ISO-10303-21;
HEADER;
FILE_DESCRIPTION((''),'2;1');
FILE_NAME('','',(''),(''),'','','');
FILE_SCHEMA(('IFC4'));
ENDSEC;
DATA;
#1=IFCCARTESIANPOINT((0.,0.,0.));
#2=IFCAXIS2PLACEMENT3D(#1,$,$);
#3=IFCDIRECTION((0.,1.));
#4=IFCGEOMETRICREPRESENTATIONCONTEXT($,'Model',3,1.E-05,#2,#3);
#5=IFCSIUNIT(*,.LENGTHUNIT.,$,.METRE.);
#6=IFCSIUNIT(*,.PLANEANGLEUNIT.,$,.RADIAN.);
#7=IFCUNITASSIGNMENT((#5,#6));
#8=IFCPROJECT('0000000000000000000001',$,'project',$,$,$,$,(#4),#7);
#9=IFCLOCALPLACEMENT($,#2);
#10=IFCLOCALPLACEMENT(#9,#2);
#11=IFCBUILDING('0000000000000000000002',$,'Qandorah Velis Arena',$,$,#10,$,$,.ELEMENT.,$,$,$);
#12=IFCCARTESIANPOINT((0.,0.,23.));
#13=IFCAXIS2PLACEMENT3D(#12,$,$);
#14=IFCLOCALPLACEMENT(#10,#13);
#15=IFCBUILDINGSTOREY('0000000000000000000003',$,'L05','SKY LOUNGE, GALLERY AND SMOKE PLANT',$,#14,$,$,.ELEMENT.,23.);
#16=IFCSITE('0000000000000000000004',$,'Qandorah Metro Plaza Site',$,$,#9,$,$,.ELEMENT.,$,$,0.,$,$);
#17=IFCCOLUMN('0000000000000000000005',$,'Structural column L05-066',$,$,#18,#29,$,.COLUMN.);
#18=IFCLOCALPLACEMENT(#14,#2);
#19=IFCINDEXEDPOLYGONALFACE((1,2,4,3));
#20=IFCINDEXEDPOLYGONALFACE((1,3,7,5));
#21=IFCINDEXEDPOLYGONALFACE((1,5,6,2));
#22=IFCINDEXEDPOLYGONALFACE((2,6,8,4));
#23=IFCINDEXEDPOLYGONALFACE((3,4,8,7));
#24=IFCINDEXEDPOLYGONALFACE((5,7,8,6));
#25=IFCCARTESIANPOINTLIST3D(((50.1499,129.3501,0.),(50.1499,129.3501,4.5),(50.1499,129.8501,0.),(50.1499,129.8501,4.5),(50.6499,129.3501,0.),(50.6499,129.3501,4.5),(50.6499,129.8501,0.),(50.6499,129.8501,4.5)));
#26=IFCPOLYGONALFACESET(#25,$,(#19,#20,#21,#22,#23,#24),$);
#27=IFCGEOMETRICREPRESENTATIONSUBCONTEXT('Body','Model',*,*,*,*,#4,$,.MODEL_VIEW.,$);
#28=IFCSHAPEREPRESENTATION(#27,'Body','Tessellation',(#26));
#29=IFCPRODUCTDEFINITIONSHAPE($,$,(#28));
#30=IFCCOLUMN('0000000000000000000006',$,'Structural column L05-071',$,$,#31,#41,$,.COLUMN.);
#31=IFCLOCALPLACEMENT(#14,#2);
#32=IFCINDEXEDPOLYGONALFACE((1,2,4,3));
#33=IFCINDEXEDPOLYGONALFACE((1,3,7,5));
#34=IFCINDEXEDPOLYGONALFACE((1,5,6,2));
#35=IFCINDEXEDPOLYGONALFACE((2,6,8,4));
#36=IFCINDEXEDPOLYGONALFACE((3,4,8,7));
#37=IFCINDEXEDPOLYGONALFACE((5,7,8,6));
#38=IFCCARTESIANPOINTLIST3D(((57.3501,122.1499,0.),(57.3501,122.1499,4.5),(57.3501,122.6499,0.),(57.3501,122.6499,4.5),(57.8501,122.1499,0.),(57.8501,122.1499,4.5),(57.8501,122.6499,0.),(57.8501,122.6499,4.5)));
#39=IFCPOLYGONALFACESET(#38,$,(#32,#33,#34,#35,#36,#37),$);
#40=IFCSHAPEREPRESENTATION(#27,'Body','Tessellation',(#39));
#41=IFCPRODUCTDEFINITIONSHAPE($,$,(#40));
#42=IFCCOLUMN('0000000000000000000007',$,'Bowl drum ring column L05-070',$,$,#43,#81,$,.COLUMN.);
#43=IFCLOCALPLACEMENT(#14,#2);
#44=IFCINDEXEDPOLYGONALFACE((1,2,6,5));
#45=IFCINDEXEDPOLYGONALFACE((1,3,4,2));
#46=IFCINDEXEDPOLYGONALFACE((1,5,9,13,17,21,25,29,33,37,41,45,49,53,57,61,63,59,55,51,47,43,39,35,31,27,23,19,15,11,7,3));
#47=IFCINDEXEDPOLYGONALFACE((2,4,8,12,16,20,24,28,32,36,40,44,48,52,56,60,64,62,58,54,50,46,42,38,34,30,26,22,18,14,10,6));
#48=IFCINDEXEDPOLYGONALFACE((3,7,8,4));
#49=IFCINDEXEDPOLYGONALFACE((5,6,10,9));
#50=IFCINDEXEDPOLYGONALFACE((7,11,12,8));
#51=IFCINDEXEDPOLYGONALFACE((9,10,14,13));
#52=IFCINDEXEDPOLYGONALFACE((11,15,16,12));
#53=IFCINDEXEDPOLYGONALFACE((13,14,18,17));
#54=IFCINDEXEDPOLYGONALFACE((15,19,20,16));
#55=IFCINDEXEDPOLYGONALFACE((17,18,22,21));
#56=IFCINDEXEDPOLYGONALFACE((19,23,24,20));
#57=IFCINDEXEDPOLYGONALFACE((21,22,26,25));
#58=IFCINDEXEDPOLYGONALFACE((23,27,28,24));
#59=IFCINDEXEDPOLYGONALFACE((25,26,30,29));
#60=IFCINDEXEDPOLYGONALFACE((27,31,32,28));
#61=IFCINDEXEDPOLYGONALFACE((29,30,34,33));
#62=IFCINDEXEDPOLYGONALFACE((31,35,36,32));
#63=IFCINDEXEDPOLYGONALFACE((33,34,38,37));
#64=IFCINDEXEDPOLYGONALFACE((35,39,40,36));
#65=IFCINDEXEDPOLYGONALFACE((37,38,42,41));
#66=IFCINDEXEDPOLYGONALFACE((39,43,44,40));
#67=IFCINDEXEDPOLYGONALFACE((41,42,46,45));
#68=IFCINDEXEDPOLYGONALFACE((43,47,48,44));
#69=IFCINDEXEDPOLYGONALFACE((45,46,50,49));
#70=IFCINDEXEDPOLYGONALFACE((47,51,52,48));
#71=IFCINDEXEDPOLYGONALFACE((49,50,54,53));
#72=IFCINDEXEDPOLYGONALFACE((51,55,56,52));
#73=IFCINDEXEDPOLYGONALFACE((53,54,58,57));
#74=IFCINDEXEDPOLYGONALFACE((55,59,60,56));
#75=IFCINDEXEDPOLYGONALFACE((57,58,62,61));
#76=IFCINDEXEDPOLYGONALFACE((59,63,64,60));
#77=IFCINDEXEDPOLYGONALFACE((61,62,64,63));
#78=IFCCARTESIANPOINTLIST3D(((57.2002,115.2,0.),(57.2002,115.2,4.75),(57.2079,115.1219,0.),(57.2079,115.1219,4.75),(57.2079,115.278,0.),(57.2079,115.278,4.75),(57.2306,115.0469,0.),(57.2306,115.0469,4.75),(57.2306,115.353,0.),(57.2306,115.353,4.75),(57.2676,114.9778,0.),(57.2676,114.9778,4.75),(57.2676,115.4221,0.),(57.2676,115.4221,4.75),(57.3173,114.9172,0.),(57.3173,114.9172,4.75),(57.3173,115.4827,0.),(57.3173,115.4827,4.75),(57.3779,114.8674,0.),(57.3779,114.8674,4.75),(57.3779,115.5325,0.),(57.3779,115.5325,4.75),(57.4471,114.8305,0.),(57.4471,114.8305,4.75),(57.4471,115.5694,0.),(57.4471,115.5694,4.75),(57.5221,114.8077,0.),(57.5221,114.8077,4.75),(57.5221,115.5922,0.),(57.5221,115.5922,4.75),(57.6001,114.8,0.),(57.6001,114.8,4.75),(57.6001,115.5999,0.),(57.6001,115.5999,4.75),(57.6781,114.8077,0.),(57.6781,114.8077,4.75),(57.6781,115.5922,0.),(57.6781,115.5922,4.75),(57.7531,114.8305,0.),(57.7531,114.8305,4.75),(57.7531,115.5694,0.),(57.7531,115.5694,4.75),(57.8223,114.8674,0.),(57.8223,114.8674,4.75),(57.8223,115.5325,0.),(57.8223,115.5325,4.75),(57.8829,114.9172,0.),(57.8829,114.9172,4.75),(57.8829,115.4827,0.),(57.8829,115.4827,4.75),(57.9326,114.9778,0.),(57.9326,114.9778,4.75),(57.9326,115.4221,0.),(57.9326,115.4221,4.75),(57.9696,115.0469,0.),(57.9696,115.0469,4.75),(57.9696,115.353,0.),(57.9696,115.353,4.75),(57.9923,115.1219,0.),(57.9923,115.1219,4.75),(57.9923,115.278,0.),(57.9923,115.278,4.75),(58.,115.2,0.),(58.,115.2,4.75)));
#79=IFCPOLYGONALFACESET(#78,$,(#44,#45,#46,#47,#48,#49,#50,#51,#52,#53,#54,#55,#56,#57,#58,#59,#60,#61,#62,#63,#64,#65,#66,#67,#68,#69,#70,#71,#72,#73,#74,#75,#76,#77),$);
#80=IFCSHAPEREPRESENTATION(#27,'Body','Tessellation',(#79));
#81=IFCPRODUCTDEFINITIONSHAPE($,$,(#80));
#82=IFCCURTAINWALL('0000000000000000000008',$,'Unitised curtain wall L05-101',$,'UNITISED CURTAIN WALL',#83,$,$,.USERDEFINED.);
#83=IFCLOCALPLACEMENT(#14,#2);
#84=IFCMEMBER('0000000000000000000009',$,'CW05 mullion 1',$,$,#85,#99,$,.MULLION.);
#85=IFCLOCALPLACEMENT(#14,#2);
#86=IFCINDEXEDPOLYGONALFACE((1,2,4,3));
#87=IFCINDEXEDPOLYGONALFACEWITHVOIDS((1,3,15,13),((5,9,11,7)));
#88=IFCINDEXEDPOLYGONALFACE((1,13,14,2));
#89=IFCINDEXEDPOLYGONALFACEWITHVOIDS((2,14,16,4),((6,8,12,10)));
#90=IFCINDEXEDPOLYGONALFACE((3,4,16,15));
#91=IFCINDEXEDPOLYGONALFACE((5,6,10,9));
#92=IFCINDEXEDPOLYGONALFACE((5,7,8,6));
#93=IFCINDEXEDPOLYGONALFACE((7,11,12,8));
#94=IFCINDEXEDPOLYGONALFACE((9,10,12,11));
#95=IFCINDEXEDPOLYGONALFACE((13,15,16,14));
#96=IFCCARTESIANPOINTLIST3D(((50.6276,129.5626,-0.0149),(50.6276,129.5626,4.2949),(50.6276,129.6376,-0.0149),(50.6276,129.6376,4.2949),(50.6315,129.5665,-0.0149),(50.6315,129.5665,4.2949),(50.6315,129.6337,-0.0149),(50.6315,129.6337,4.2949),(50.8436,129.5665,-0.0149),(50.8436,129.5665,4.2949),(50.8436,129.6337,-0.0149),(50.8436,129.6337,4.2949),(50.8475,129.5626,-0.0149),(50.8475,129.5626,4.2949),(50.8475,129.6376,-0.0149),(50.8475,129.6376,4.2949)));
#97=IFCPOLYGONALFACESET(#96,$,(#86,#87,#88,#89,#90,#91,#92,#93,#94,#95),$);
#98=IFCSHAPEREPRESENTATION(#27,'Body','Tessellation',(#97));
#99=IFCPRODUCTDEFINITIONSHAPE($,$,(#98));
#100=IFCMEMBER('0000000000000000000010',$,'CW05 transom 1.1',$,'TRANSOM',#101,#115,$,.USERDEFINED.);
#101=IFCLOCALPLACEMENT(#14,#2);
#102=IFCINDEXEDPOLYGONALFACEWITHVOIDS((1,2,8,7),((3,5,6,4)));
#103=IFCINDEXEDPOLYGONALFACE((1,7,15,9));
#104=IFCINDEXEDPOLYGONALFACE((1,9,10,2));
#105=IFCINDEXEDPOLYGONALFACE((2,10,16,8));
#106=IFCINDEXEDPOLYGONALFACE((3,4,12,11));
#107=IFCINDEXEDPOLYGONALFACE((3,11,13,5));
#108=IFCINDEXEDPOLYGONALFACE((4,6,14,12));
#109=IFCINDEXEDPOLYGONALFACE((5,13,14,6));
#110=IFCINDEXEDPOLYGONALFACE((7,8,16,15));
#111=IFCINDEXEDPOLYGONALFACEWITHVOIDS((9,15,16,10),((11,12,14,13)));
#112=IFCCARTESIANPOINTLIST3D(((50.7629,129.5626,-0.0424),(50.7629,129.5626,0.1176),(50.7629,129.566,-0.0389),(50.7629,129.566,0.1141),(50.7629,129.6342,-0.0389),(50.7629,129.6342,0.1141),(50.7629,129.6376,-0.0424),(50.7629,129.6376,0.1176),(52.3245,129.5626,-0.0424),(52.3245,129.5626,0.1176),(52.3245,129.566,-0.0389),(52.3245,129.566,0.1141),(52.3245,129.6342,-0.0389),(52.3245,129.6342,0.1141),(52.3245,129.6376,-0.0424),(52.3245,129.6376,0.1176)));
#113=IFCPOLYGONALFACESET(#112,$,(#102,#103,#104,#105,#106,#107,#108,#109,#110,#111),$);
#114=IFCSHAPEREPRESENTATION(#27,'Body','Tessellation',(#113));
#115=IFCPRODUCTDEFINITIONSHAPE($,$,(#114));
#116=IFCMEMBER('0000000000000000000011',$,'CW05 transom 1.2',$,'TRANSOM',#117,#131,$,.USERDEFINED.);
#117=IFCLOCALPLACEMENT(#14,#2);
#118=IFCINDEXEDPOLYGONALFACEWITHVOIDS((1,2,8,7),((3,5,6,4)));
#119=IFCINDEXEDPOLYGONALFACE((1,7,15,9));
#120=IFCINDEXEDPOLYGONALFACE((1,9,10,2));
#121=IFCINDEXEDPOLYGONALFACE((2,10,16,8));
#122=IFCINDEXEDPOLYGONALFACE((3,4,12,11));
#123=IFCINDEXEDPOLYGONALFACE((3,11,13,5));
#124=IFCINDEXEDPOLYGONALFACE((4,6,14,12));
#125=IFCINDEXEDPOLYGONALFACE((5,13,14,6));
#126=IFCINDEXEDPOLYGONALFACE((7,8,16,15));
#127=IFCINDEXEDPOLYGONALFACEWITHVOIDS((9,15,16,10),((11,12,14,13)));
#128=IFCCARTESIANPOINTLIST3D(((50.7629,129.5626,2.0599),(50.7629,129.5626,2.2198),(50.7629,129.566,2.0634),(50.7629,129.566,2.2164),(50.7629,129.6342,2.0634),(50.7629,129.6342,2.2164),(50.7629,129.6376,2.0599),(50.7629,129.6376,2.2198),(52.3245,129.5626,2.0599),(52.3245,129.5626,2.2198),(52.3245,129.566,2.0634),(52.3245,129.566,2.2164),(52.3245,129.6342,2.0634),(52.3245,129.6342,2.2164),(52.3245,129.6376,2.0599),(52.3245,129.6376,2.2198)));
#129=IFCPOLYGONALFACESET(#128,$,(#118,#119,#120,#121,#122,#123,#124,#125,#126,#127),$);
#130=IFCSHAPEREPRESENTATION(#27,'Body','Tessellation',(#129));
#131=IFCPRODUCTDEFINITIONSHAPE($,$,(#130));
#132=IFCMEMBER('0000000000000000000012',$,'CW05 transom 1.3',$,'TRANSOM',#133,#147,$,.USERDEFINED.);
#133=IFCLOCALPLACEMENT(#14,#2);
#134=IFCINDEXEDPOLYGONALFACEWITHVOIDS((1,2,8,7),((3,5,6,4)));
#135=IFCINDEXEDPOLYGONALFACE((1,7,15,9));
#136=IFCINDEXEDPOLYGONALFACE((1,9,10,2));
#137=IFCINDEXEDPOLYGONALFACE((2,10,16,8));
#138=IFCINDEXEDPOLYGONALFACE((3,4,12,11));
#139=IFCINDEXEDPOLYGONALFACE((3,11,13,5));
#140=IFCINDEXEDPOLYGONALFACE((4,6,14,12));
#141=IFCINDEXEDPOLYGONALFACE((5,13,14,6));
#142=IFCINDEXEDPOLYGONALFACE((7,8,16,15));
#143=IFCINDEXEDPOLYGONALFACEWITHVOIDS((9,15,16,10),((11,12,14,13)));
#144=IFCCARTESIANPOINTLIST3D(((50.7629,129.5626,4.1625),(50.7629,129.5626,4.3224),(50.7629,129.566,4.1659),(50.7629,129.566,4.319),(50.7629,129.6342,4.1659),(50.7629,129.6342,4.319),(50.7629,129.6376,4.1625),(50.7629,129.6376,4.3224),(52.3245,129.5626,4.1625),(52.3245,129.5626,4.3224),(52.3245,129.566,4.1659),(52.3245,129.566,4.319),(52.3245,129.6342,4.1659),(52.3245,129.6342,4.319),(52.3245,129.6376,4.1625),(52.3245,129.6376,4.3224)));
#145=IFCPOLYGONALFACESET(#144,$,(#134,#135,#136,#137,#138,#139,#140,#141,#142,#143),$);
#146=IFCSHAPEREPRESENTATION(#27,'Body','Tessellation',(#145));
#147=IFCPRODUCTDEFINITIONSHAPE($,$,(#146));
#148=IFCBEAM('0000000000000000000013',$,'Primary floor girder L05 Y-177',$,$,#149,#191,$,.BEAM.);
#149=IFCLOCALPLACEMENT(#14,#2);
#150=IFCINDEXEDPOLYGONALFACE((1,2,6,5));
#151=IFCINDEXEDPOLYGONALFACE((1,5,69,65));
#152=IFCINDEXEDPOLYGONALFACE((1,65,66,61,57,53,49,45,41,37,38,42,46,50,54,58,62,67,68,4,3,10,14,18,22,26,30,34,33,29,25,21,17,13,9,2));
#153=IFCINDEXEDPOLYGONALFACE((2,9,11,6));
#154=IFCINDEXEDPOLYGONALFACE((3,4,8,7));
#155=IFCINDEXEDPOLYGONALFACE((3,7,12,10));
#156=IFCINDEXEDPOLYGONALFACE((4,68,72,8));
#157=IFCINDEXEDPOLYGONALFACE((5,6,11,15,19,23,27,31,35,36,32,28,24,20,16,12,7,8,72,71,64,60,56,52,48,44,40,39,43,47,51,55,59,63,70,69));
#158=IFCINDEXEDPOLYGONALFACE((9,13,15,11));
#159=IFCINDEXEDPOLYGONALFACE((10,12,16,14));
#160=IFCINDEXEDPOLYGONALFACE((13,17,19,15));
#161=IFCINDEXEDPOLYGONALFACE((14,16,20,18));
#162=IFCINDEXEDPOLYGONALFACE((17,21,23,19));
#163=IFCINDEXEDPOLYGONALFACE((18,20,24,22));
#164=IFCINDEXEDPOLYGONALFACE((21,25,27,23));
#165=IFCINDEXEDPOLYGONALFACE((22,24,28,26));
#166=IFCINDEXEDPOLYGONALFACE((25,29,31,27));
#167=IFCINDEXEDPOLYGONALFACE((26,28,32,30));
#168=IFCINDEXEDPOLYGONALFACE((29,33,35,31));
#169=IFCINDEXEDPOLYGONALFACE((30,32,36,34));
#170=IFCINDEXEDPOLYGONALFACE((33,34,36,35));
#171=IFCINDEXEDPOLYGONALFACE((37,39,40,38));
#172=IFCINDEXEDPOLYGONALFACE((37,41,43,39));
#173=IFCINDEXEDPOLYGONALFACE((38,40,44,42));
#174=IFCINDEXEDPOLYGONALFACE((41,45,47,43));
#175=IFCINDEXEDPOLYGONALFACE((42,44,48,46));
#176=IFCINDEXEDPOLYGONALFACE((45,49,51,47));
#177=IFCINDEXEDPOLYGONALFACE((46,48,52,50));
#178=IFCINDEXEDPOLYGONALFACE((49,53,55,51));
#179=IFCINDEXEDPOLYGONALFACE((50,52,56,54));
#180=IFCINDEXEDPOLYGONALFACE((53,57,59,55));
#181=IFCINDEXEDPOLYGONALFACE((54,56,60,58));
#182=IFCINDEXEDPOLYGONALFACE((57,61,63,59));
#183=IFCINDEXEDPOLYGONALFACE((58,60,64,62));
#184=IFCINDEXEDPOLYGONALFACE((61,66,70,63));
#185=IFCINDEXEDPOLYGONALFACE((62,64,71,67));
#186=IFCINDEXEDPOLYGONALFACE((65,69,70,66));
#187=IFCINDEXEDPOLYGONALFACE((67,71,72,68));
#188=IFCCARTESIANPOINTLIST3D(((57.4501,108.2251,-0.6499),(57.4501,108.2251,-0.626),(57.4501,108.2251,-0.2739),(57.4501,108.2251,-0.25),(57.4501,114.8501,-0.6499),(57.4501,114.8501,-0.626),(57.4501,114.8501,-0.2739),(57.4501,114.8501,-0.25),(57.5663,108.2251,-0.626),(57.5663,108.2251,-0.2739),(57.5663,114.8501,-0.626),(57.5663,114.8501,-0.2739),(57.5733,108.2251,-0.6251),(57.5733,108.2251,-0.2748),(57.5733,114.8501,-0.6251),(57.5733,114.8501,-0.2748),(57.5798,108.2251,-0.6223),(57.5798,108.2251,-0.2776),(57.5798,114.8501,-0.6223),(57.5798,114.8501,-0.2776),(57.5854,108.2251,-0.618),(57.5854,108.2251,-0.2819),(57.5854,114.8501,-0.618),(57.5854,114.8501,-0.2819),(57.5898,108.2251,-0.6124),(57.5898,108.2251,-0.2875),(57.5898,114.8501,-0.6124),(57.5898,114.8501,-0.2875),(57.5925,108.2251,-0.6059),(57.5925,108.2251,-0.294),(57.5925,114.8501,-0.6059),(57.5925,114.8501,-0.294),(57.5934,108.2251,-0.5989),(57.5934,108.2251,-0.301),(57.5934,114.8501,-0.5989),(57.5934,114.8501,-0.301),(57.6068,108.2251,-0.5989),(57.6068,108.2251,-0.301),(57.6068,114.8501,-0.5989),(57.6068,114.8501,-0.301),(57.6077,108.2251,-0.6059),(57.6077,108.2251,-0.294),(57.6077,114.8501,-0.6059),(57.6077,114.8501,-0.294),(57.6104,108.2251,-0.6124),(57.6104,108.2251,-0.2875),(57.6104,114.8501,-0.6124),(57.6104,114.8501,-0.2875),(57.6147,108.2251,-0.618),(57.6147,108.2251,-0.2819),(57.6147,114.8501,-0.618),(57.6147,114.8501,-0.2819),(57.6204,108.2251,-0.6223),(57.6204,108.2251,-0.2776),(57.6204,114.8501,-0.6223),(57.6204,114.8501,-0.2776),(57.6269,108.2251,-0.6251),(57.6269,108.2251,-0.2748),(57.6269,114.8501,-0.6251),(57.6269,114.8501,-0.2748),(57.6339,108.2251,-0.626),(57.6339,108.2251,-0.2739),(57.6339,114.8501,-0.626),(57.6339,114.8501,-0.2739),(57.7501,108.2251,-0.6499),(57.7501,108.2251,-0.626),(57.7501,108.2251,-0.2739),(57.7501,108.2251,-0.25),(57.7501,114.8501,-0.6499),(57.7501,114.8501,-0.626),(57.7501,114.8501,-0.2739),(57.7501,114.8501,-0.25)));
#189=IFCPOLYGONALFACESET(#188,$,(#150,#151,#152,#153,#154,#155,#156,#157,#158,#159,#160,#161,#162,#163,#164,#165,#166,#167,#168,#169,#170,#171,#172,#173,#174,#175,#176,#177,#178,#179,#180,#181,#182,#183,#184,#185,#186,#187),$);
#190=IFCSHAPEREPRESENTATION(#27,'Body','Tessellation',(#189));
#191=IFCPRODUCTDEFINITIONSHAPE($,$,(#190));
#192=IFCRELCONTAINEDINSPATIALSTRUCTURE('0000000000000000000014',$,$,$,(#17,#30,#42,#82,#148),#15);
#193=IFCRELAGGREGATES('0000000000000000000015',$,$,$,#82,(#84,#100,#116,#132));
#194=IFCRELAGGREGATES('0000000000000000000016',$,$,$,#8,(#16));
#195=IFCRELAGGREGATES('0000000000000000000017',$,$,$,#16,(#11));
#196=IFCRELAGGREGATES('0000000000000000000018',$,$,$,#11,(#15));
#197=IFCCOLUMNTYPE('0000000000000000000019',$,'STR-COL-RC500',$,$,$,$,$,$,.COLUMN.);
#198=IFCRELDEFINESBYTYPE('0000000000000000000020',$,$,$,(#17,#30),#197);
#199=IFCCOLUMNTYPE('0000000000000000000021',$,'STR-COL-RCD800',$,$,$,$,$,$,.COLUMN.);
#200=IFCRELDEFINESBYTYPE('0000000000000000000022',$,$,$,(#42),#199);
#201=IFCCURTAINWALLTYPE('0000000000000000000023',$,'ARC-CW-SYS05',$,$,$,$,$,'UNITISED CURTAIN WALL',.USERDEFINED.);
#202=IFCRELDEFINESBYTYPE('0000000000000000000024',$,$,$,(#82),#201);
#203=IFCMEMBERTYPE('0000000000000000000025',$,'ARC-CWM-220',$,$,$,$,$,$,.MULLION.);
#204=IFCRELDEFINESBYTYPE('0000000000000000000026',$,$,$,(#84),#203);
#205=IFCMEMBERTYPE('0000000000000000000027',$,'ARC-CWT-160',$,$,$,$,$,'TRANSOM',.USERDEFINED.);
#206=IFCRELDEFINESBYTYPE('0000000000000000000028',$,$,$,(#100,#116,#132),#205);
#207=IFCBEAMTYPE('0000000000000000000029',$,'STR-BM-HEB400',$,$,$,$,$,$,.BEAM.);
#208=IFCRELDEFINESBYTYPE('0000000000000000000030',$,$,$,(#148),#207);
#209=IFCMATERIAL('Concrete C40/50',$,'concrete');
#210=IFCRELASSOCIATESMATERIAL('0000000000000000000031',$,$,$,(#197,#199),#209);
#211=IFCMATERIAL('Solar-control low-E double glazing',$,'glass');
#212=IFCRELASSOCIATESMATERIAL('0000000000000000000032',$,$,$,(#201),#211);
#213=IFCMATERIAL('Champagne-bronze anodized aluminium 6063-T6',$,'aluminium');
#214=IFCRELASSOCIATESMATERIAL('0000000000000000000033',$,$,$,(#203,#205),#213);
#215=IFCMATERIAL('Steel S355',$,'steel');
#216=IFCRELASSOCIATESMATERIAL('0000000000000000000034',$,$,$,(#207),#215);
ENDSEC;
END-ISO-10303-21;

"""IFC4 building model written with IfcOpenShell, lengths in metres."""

from ifc_helpers import new_model, si_unit, direction, frame, origin, origin_2d, place, context, subcontext, project, spatial, rectangle, hollow_rectangle, circle, i_section, extrude, material, material_profile, profile_set, type_object, element, aggregate, save


model = new_model("IFC4")

# Units and contexts
model_context = context("Model", 3, precision=1e-05, world=origin(), true_north=direction((0.0, 1.0)))
body_context = subcontext(model_context, "Body", "Model", "MODEL_VIEW")
ifc_project = project(units=[si_unit("LENGTHUNIT", "METRE"), si_unit("PLANEANGLEUNIT", "RADIAN")], contexts=[model_context])

# Site, building, storey
site_placement = place(None, origin())
site = spatial("IfcSite", under=ifc_project, at=site_placement, Name="Qandorah Metro Plaza Site", CompositionType="ELEMENT", RefElevation=0.0)
building_placement = place(site_placement, origin())
building = spatial("IfcBuilding", under=site, at=building_placement, Name="Qandorah Velis Arena", CompositionType="ELEMENT")
storey_placement = place(building_placement, frame((0.0, 0.0, 23.0)))
storey = spatial("IfcBuildingStorey", under=building, at=storey_placement, Name="L05", Description="SKY LOUNGE, GALLERY AND SMOKE PLANT", CompositionType="ELEMENT", Elevation=23.0)

# Columns
ifc_material_1 = material(Name="Concrete C40/50", Category="concrete")
ifc_material_profile_1 = material_profile(ifc_material_1, rectangle(XDim=0.5, YDim=0.5, at=origin_2d()), Name="RC COL 500x500")
ifc_profile_set_1 = profile_set([ifc_material_profile_1], Name="Concrete C40/50")
column_type_1 = type_object("IfcColumnType", Name="STR-COL-RC500", PredefinedType="COLUMN", material=ifc_profile_set_1)
for number, where, z_axis, x_axis, name in (
    (1, (50.3999, 129.6001, 0.0), (0.0, 0.0, 1.0), (1.0, 0.0, 0.0), "Structural column L05-066"),
    (2, (57.6001, 122.3999, 0.0), (0.0, 0.0, 1.0), (1.0, 0.0, 0.0), "Structural column L05-071"),
):
    element("IfcColumn", number, at=place(storey_placement, frame(where, z_axis=z_axis, x_axis=x_axis)), inside=storey, type_object=column_type_1, Name=name, PredefinedType="COLUMN", context=body_context, shape_type="SweptSolid", body=[
        extrude(rectangle(XDim=0.5, YDim=0.5, at=origin_2d()), origin(), (0.0, 0.0, 1.0), 4.5),
    ])
ifc_material_profile_2 = material_profile(ifc_material_1, circle(Radius=0.3999, at=origin_2d()), Name="RC D800")
ifc_profile_set_2 = profile_set([ifc_material_profile_2], Name="Concrete C40/50")
column_type_2 = type_object("IfcColumnType", Name="STR-COL-RCD800", PredefinedType="COLUMN", material=ifc_profile_set_2)
column_placement = place(storey_placement, frame((57.6001, 115.2, 0.0), z_axis=(0.0, 0.0, 1.0), x_axis=(1.0, 0.0, 0.0)))
element("IfcColumn", 3, at=column_placement, inside=storey, type_object=column_type_2, Name="Bowl drum ring column L05-070", PredefinedType="COLUMN", context=body_context, shape_type="SweptSolid", body=[
    extrude(circle(Radius=0.3999, at=origin_2d()), origin(), (0.0, 0.0, 1.0), 4.75),
])

# Curtain wall, members
ifc_material_2 = material(Name="Solar-control low-E double glazing", Category="glass")
curtain_wall_type = type_object("IfcCurtainWallType", Name="ARC-CW-SYS05", ElementType="UNITISED CURTAIN WALL", PredefinedType="USERDEFINED", material=ifc_material_2)
curtain_wall_placement = place(storey_placement, origin())
curtain_wall = element("IfcCurtainWall", 4, at=curtain_wall_placement, inside=storey, type_object=curtain_wall_type, Name="Unitised curtain wall L05-101", ObjectType="UNITISED CURTAIN WALL", PredefinedType="USERDEFINED")
ifc_material_3 = material(Name="Champagne-bronze anodized aluminium 6063-T6", Category="aluminium")
ifc_material_profile_3 = material_profile(ifc_material_3, hollow_rectangle(XDim=0.075, YDim=0.22, WallThickness=0.0039, at=origin_2d()), Name="ALU MULLION 75x220")
ifc_profile_set_3 = profile_set([ifc_material_profile_3], Name="Champagne-bronze anodized aluminium 6063-T6")
member_type_1 = type_object("IfcMemberType", Name="ARC-CWM-220", PredefinedType="MULLION", material=ifc_profile_set_3)
member_1_placement = place(storey_placement, frame((50.7375, 129.6001, -0.0149), z_axis=(0.0, 0.0, 1.0), x_axis=(0.0, 1.0, 0.0)))
member_1 = element("IfcMember", 5, at=member_1_placement, type_object=member_type_1, Name="CW05 mullion 1", PredefinedType="MULLION", context=body_context, shape_type="SweptSolid", body=[
    extrude(hollow_rectangle(XDim=0.075, YDim=0.22, WallThickness=0.0039, at=origin_2d()), origin(), (0.0, 0.0, 1.0), 4.3098),
])
ifc_material_profile_4 = material_profile(ifc_material_3, hollow_rectangle(XDim=0.075, YDim=0.1599, WallThickness=0.0034, at=origin_2d()), Name="ALU TRANSOM 75x160")
ifc_profile_set_4 = profile_set([ifc_material_profile_4], Name="Champagne-bronze anodized aluminium 6063-T6")
member_type_2 = type_object("IfcMemberType", Name="ARC-CWT-160", ElementType="TRANSOM", PredefinedType="USERDEFINED", material=ifc_profile_set_4)
member_2_placement = place(storey_placement, frame((50.7629, 129.6001, 0.0376), z_axis=(1.0, 0.0, 0.0), x_axis=(0.0, 1.0, 0.0)))
member_2 = element("IfcMember", 6, at=member_2_placement, type_object=member_type_2, Name="CW05 transom 1.1", ObjectType="TRANSOM", PredefinedType="USERDEFINED", context=body_context, shape_type="SweptSolid", body=[
    extrude(hollow_rectangle(XDim=0.075, YDim=0.1599, WallThickness=0.0034, at=origin_2d()), origin(), (0.0, 0.0, 1.0), 1.5615),
])
member_3_placement = place(storey_placement, frame((50.7629, 129.6001, 2.1399), z_axis=(1.0, 0.0, 0.0), x_axis=(0.0, 1.0, 0.0)))
member_3 = element("IfcMember", 7, at=member_3_placement, type_object=member_type_2, Name="CW05 transom 1.2", ObjectType="TRANSOM", PredefinedType="USERDEFINED", context=body_context, shape_type="SweptSolid", body=[
    extrude(hollow_rectangle(XDim=0.075, YDim=0.1599, WallThickness=0.0034, at=origin_2d()), origin(), (0.0, 0.0, 1.0), 1.5615),
])
member_4_placement = place(storey_placement, frame((50.7629, 129.6001, 4.2424), z_axis=(1.0, 0.0, 0.0), x_axis=(0.0, 1.0, 0.0)))
member_4 = element("IfcMember", 8, at=member_4_placement, type_object=member_type_2, Name="CW05 transom 1.3", ObjectType="TRANSOM", PredefinedType="USERDEFINED", context=body_context, shape_type="SweptSolid", body=[
    extrude(hollow_rectangle(XDim=0.075, YDim=0.1599, WallThickness=0.0034, at=origin_2d()), origin(), (0.0, 0.0, 1.0), 1.5615),
])
aggregate(curtain_wall, [member_1, member_2, member_3, member_4])

# Beam
ifc_material_4 = material(Name="Steel S355", Category="steel")
ifc_material_profile_5 = material_profile(ifc_material_4, i_section(OverallWidth=0.3, OverallDepth=0.3999, WebThickness=0.0134, FlangeThickness=0.0239, FilletRadius=0.0271, at=origin_2d()), Name="HEB 400")
ifc_profile_set_5 = profile_set([ifc_material_profile_5], Name="Steel S355")
beam_type_1 = type_object("IfcBeamType", Name="STR-BM-HEB400", PredefinedType="BEAM", material=ifc_profile_set_5)
for number, where, z_axis, x_axis, name in (
    (9, (57.6001, 108.2251, -0.45), (0.0, 1.0, 0.0), (-1.0, 0.0, 0.0), "Primary floor girder L05 Y-177"),
):
    element("IfcBeam", number, at=place(storey_placement, frame(where, z_axis=z_axis, x_axis=x_axis)), inside=storey, type_object=beam_type_1, Name=name, PredefinedType="BEAM", context=body_context, shape_type="SweptSolid", body=[
        extrude(i_section(OverallWidth=0.3, OverallDepth=0.3999, WebThickness=0.0134, FlangeThickness=0.0239, FilletRadius=0.0271, at=origin_2d()), origin(), (0.0, 0.0, 1.0), 6.625),
    ])

save(model, "model.ifc")
